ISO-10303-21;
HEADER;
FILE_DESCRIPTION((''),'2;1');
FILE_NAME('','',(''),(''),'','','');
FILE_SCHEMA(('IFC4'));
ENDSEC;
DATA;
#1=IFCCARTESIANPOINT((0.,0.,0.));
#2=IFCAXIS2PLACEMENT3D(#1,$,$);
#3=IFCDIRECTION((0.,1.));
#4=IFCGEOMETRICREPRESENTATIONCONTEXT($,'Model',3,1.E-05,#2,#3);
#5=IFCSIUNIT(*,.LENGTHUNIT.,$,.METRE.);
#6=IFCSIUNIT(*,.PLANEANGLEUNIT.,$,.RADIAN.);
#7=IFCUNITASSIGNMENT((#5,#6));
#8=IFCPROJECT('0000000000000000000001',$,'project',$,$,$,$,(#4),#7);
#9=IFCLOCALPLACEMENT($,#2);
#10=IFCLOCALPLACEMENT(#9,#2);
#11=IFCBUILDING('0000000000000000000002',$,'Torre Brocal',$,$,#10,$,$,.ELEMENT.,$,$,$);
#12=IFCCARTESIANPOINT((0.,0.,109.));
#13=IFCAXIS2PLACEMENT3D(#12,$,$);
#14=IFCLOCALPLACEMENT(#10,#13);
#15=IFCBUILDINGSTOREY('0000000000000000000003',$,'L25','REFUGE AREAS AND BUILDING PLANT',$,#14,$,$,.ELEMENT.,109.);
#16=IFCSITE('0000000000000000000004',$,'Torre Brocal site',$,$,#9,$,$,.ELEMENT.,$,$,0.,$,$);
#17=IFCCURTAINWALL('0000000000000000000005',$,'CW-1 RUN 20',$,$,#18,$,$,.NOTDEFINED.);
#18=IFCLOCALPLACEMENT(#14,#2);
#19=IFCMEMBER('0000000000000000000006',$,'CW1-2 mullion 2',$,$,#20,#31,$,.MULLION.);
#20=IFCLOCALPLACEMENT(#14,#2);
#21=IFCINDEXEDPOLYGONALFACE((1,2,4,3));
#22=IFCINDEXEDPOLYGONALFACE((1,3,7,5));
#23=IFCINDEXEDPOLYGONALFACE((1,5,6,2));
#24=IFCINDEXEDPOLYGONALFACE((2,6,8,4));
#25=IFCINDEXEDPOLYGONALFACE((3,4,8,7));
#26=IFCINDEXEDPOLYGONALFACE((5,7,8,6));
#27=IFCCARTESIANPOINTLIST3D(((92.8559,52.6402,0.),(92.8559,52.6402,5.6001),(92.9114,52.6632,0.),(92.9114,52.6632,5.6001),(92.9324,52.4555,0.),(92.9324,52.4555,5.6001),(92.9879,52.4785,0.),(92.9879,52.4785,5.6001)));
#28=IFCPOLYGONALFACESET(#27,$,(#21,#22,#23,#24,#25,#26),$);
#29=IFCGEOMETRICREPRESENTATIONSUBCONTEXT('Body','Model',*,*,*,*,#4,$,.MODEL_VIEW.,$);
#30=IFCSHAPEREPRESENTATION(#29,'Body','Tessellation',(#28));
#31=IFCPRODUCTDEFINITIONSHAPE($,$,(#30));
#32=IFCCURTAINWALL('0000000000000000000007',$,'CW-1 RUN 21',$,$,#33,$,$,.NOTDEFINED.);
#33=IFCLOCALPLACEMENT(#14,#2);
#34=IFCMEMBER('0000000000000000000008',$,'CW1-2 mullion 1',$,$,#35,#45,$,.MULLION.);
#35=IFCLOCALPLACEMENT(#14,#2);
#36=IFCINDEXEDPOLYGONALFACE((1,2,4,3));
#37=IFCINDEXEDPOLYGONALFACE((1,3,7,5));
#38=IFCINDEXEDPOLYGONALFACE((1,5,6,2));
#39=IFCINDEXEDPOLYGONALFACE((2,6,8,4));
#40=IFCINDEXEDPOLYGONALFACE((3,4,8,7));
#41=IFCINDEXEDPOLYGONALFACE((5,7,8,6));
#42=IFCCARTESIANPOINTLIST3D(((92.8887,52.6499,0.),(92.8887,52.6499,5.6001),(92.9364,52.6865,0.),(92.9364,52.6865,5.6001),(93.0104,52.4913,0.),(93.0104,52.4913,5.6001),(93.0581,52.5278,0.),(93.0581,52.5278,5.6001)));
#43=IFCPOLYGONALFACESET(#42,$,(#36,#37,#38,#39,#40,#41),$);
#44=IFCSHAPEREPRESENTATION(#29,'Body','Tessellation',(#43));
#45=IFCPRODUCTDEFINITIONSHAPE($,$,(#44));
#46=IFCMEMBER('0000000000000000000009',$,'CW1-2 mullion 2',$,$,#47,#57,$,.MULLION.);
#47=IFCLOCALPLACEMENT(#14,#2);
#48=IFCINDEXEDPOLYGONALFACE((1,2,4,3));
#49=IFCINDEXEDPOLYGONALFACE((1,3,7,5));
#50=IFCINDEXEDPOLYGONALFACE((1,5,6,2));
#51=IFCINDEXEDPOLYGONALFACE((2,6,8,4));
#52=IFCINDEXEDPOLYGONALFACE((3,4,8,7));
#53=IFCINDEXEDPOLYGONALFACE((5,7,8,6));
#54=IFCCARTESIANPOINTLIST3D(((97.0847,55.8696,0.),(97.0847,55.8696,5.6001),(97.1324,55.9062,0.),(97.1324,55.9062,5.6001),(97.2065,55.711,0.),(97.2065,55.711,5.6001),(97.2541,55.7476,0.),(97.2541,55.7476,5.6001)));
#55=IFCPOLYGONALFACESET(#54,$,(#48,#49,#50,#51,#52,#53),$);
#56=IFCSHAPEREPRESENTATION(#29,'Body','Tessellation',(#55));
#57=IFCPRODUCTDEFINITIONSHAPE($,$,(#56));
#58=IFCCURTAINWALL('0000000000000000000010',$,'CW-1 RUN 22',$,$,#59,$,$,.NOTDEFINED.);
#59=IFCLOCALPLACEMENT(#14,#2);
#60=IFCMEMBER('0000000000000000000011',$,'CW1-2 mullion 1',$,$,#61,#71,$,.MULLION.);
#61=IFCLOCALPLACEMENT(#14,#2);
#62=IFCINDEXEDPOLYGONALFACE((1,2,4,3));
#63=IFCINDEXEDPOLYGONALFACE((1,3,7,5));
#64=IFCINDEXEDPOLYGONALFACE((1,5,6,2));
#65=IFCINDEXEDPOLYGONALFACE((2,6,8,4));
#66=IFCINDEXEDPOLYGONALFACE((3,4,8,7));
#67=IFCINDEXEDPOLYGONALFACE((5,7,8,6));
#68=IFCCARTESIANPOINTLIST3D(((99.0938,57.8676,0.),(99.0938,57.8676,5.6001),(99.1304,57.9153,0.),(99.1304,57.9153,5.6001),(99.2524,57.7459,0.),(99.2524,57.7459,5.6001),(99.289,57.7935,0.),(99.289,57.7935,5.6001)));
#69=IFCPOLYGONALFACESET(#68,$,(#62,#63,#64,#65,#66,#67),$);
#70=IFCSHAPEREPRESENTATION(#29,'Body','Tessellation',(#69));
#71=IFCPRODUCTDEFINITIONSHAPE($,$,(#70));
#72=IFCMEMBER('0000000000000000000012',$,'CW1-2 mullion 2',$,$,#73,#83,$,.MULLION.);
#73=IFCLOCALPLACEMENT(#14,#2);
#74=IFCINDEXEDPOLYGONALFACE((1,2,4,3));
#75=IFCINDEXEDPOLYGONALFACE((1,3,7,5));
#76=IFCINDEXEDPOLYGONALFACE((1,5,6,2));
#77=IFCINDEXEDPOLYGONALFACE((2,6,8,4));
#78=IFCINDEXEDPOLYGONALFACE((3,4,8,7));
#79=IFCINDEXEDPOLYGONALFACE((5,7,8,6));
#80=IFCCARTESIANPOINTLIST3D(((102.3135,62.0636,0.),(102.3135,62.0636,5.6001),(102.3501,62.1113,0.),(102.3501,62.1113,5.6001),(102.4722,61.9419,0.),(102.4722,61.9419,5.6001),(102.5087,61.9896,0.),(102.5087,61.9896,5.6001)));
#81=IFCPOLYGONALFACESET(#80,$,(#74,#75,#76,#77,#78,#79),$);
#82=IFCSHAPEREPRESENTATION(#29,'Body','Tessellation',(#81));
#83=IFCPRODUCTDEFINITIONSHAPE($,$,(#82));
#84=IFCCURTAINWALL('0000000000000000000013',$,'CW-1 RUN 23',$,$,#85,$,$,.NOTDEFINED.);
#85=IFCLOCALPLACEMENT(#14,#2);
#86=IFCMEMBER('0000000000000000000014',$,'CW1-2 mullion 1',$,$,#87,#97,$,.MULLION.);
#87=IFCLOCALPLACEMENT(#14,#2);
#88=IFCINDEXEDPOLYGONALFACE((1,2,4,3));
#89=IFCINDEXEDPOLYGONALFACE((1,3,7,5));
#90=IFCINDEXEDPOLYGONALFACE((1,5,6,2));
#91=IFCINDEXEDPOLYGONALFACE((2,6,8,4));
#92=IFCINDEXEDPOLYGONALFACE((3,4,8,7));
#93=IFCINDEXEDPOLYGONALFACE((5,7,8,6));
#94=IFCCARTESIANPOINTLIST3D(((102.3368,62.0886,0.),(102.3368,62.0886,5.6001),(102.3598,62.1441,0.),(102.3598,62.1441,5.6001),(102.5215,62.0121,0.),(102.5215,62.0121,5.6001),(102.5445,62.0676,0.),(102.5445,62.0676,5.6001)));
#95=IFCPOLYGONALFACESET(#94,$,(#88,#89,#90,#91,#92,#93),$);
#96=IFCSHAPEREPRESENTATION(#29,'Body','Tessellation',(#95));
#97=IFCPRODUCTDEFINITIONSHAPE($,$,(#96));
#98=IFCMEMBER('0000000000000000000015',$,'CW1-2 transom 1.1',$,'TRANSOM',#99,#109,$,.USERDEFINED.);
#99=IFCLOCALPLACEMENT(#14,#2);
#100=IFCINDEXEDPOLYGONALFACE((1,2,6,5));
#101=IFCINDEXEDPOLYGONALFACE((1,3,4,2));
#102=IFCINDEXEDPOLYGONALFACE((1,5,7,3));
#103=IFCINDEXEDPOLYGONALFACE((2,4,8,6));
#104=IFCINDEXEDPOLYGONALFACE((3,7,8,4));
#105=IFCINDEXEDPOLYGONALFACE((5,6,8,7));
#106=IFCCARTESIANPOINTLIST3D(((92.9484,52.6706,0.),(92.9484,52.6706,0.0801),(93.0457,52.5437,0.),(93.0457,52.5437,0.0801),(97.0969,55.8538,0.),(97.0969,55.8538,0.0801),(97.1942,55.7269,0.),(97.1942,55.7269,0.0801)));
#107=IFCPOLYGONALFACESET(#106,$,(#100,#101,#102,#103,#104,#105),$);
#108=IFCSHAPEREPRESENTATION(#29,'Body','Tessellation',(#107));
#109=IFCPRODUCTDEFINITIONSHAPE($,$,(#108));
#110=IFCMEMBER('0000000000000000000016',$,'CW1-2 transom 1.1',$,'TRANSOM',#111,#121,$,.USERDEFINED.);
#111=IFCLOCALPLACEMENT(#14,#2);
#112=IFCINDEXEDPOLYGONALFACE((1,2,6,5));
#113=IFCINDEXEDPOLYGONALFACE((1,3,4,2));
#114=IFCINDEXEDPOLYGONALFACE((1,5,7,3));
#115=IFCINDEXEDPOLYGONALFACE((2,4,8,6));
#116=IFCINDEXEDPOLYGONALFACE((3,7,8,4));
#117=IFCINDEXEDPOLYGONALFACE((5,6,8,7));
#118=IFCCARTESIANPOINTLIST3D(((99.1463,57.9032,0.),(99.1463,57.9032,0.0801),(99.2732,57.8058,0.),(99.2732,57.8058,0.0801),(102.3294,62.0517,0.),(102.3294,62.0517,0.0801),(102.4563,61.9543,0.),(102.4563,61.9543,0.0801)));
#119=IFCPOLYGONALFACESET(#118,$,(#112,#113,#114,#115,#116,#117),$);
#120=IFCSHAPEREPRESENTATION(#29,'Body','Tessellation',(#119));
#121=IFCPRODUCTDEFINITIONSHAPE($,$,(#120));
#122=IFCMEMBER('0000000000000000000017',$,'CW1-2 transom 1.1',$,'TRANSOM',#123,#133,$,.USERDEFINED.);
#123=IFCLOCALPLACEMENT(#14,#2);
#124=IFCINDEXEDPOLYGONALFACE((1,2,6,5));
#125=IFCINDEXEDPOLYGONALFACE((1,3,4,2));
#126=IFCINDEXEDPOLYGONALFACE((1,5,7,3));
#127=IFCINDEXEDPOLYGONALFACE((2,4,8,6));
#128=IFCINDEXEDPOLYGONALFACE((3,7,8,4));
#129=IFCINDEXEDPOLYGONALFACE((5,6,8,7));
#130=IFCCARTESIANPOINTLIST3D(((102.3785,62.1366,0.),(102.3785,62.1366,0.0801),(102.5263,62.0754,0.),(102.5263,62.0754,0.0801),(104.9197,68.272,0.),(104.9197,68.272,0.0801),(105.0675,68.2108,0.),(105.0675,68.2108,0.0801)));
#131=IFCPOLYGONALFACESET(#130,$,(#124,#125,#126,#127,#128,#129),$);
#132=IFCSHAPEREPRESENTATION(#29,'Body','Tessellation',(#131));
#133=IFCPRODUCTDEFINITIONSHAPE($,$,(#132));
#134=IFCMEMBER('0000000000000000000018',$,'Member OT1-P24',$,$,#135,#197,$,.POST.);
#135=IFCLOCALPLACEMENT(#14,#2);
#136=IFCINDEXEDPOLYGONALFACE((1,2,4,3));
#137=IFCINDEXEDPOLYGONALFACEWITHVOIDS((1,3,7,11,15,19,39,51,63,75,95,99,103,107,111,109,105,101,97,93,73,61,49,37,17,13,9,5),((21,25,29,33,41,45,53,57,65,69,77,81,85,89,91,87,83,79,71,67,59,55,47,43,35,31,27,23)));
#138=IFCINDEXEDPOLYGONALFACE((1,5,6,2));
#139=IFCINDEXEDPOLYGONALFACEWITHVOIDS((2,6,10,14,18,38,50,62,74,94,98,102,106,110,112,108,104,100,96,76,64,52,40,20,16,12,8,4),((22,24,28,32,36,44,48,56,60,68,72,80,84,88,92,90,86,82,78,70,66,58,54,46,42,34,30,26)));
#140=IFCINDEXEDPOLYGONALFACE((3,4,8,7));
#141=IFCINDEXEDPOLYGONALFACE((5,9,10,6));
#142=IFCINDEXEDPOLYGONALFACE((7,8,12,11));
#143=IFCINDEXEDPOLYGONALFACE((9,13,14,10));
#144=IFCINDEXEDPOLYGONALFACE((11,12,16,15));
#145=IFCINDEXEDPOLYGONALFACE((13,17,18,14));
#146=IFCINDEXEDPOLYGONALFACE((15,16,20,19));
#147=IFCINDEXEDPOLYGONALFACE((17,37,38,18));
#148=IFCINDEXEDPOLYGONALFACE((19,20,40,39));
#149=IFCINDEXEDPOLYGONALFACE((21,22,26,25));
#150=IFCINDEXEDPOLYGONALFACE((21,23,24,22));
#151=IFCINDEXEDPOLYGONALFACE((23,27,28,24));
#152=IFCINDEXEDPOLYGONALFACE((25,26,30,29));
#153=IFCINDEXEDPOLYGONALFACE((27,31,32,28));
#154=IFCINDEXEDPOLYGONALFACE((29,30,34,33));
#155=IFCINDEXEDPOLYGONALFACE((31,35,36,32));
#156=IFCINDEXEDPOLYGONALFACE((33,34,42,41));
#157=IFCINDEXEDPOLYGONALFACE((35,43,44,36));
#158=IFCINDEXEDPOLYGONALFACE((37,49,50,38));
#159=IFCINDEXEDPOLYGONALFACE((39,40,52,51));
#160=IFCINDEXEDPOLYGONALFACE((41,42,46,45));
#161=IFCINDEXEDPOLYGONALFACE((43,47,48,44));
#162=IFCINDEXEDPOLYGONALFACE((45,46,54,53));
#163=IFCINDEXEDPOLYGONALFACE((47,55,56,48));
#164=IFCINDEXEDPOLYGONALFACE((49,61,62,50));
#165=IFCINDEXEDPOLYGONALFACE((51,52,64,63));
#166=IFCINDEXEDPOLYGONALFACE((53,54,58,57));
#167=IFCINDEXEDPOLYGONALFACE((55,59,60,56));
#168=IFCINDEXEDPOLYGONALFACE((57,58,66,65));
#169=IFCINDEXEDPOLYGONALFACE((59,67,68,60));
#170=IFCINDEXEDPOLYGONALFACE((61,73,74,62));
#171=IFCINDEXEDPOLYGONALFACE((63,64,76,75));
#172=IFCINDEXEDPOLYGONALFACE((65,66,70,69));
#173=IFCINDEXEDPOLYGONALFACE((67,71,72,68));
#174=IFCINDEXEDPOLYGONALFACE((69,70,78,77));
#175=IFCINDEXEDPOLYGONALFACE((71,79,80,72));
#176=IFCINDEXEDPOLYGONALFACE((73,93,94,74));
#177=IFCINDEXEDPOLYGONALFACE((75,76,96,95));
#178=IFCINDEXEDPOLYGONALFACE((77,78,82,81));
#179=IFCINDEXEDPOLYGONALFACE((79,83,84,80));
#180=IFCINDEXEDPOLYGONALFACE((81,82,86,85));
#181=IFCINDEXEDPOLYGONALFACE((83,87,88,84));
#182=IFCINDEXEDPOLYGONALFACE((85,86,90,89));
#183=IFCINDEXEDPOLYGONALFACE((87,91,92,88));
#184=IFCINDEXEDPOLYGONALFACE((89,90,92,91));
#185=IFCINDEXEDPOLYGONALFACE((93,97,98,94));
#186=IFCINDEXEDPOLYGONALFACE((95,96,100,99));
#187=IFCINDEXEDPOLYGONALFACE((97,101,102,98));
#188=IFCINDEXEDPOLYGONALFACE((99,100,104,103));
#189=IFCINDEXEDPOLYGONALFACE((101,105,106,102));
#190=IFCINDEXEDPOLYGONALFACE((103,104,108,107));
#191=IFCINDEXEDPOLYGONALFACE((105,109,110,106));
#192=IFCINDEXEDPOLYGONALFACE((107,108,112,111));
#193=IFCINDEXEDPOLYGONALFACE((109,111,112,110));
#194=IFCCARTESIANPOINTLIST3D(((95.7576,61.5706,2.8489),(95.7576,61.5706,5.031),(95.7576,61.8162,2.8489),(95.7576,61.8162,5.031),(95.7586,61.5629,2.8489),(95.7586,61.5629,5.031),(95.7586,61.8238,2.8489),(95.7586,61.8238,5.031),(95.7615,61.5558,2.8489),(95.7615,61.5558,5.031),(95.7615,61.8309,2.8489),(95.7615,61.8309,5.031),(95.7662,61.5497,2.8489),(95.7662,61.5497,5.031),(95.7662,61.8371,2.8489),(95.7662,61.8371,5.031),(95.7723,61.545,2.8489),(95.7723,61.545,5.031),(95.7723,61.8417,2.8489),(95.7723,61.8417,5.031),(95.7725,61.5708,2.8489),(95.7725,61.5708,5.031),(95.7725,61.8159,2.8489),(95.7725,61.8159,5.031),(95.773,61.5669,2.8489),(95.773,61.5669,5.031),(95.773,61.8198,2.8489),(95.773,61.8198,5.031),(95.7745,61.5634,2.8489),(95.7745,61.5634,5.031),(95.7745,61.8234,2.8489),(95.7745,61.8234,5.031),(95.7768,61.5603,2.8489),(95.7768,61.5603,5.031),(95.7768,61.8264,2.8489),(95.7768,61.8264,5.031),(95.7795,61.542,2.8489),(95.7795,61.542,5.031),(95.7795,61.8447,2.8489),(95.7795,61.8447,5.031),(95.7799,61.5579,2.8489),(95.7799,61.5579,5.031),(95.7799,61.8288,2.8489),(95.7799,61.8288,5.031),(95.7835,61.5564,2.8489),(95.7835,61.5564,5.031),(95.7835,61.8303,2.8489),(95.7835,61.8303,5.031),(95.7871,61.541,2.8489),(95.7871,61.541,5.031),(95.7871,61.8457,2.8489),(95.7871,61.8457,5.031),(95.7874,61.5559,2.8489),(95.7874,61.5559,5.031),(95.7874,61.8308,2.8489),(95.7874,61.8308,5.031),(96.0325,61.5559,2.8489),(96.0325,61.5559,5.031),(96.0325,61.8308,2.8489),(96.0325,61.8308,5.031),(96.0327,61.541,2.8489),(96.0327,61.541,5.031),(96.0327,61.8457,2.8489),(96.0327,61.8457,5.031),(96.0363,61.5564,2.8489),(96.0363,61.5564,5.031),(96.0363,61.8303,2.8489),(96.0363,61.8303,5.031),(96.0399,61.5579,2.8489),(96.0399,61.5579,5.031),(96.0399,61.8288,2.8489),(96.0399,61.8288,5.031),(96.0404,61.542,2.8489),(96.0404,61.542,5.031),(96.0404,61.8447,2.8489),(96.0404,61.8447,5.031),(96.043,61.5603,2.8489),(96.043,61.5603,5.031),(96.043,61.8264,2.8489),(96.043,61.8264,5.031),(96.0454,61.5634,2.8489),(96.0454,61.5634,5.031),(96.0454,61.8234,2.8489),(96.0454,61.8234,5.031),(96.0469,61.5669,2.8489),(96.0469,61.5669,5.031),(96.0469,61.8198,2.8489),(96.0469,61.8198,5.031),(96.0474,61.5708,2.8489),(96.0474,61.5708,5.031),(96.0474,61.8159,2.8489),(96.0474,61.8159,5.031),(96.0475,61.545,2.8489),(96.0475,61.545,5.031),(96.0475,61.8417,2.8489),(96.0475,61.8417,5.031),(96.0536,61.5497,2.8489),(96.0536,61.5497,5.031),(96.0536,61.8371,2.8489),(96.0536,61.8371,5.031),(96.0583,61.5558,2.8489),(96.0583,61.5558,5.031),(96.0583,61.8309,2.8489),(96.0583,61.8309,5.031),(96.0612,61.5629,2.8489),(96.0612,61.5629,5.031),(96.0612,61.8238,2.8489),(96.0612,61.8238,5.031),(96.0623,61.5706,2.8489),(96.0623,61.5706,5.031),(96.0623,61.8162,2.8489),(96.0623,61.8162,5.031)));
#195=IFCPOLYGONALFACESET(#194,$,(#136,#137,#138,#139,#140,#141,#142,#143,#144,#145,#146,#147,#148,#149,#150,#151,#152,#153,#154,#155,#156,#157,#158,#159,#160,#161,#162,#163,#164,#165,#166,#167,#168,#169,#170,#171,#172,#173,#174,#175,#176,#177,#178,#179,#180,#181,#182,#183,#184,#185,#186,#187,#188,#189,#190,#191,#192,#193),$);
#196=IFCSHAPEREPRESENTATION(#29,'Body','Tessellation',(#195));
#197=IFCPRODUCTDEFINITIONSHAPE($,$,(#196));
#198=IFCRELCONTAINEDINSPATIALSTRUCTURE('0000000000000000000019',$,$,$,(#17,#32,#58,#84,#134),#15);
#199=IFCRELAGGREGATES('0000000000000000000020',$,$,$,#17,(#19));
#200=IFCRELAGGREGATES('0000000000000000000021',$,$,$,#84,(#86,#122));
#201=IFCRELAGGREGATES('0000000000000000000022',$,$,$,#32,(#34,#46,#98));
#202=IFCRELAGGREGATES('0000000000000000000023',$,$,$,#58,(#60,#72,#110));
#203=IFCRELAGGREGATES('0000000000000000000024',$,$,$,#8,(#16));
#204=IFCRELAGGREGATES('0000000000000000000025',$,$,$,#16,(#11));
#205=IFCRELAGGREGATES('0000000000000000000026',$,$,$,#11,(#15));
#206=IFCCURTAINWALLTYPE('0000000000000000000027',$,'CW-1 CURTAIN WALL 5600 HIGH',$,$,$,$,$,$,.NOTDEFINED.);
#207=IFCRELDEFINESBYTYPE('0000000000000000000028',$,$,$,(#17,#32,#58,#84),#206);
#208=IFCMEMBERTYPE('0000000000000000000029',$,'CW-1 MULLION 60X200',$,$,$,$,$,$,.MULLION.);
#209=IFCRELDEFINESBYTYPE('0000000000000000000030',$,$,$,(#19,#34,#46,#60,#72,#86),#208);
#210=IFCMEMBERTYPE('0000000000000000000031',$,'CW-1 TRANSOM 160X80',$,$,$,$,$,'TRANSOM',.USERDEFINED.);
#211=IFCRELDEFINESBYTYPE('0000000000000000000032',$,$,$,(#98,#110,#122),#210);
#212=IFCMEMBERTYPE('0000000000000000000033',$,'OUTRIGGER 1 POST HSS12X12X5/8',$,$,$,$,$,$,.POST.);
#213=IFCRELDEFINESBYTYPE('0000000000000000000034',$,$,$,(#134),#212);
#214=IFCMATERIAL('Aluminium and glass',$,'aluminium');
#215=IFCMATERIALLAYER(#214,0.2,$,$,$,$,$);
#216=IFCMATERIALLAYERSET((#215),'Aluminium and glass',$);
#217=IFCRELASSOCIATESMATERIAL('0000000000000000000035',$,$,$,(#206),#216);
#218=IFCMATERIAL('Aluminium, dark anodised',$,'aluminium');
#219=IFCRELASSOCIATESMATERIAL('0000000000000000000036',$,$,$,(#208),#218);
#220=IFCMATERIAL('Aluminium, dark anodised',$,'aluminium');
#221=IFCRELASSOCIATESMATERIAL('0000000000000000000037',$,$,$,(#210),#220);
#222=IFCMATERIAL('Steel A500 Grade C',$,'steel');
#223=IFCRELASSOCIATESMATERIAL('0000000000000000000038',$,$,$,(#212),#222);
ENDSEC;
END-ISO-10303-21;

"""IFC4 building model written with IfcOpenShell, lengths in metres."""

from ifc_helpers import new_model, si_unit, direction, frame, origin, origin_2d, place, context, subcontext, project, spatial, rectangle, hollow_rectangle, extrude, material, layer, layer_set, material_profile, profile_set, type_object, element, aggregate, save


model = new_model("IFC4")

# Units and contexts
model_context = context("Model", 3, precision=1e-05, world=origin(), true_north=direction((0.0, 1.0)))
body_context = subcontext(model_context, "Body", "Model", "MODEL_VIEW")
ifc_project = project(units=[si_unit("LENGTHUNIT", "METRE"), si_unit("PLANEANGLEUNIT", "RADIAN")], contexts=[model_context])

# Site, building, storey
site_placement = place(None, origin())
site = spatial("IfcSite", under=ifc_project, at=site_placement, Name="Torre Brocal site", CompositionType="ELEMENT", RefElevation=0.0)
building_placement = place(site_placement, origin())
building = spatial("IfcBuilding", under=site, at=building_placement, Name="Torre Brocal", CompositionType="ELEMENT")
storey_placement = place(building_placement, frame((0.0, 0.0, 109.0)))
storey = spatial("IfcBuildingStorey", under=building, at=storey_placement, Name="L25", Description="REFUGE AREAS AND BUILDING PLANT", CompositionType="ELEMENT", Elevation=109.0)

# Curtain wall, member
ifc_material_1 = material(Name="Aluminium and glass", Category="aluminium")
ifc_layer_1 = layer(ifc_material_1, 0.2)
ifc_layer_set_1 = layer_set([ifc_layer_1], Name="Aluminium and glass")
curtain_wall_type = type_object("IfcCurtainWallType", Name="CW-1 CURTAIN WALL 5600 HIGH", PredefinedType="NOTDEFINED", material=ifc_layer_set_1)
curtain_wall_1_placement = place(storey_placement, origin())
curtain_wall_1 = element("IfcCurtainWall", 1, at=curtain_wall_1_placement, inside=storey, type_object=curtain_wall_type, Name="CW-1 RUN 20", PredefinedType="NOTDEFINED")
ifc_material_2 = material(Name="Aluminium, dark anodised", Category="aluminium")
ifc_material_profile_1 = material_profile(ifc_material_2, rectangle(XDim=0.2, YDim=0.0601, at=origin_2d()), Name="CW-1 MULLION 60X200")
ifc_profile_set_1 = profile_set([ifc_material_profile_1], Name="Aluminium, dark anodised")
member_type_1 = type_object("IfcMemberType", Name="CW-1 MULLION 60X200", PredefinedType="MULLION", material=ifc_profile_set_1)
member_1_placement = place(storey_placement, frame((92.9219, 52.5593, 0.0), z_axis=(0.0, 0.0, 1.0), x_axis=(-0.382683, 0.92388, 0.0)))
member_1 = element("IfcMember", 2, at=member_1_placement, type_object=member_type_1, Name="CW1-2 mullion 2", PredefinedType="MULLION", context=body_context, shape_type="SweptSolid", body=[
    extrude(rectangle(XDim=0.2, YDim=0.0601, at=origin_2d()), origin(), (0.0, 0.0, 1.0), 5.6001),
])
aggregate(curtain_wall_1, [member_1])

# Curtain walls, members
curtain_wall_2_placement = place(storey_placement, origin())
curtain_wall_2 = element("IfcCurtainWall", 3, at=curtain_wall_2_placement, inside=storey, type_object=curtain_wall_type, Name="CW-1 RUN 21", PredefinedType="NOTDEFINED")
member_2_placement = place(storey_placement, frame((92.9734, 52.5889, 0.0), z_axis=(0.0, 0.0, 1.0), x_axis=(-0.608761, 0.793353, 0.0)))
member_2 = element("IfcMember", 4, at=member_2_placement, type_object=member_type_1, Name="CW1-2 mullion 1", PredefinedType="MULLION", context=body_context, shape_type="SweptSolid", body=[
    extrude(rectangle(XDim=0.2, YDim=0.0601, at=origin_2d()), origin(), (0.0, 0.0, 1.0), 5.6001),
])
member_3_placement = place(storey_placement, frame((97.1694, 55.8086, 0.0), z_axis=(0.0, 0.0, 1.0), x_axis=(-0.608761, 0.793353, 0.0)))
member_3 = element("IfcMember", 5, at=member_3_placement, type_object=member_type_1, Name="CW1-2 mullion 2", PredefinedType="MULLION", context=body_context, shape_type="SweptSolid", body=[
    extrude(rectangle(XDim=0.2, YDim=0.0601, at=origin_2d()), origin(), (0.0, 0.0, 1.0), 5.6001),
])
curtain_wall_3_placement = place(storey_placement, origin())
curtain_wall_3 = element("IfcCurtainWall", 6, at=curtain_wall_3_placement, inside=storey, type_object=curtain_wall_type, Name="CW-1 RUN 22", PredefinedType="NOTDEFINED")
member_4_placement = place(storey_placement, frame((99.1914, 57.8306, 0.0), z_axis=(0.0, 0.0, 1.0), x_axis=(-0.793353, 0.608761, 0.0)))
member_4 = element("IfcMember", 7, at=member_4_placement, type_object=member_type_1, Name="CW1-2 mullion 1", PredefinedType="MULLION", context=body_context, shape_type="SweptSolid", body=[
    extrude(rectangle(XDim=0.2, YDim=0.0601, at=origin_2d()), origin(), (0.0, 0.0, 1.0), 5.6001),
])
member_5_placement = place(storey_placement, frame((102.4111, 62.0266, 0.0), z_axis=(0.0, 0.0, 1.0), x_axis=(-0.793353, 0.608761, 0.0)))
member_5 = element("IfcMember", 8, at=member_5_placement, type_object=member_type_1, Name="CW1-2 mullion 2", PredefinedType="MULLION", context=body_context, shape_type="SweptSolid", body=[
    extrude(rectangle(XDim=0.2, YDim=0.0601, at=origin_2d()), origin(), (0.0, 0.0, 1.0), 5.6001),
])

# Curtain wall, member
curtain_wall_4_placement = place(storey_placement, origin())
curtain_wall_4 = element("IfcCurtainWall", 9, at=curtain_wall_4_placement, inside=storey, type_object=curtain_wall_type, Name="CW-1 RUN 23", PredefinedType="NOTDEFINED")
member_6_placement = place(storey_placement, frame((102.4407, 62.0781, 0.0), z_axis=(0.0, 0.0, 1.0), x_axis=(-0.92388, 0.382683, 0.0)))
member_6 = element("IfcMember", 10, at=member_6_placement, type_object=member_type_1, Name="CW1-2 mullion 1", PredefinedType="MULLION", context=body_context, shape_type="SweptSolid", body=[
    extrude(rectangle(XDim=0.2, YDim=0.0601, at=origin_2d()), origin(), (0.0, 0.0, 1.0), 5.6001),
])

# Members
ifc_material_3 = material(Name="Aluminium, dark anodised", Category="aluminium")
ifc_material_profile_2 = material_profile(ifc_material_3, rectangle(XDim=0.1599, YDim=0.0801, at=origin_2d()), Name="CW-1 TRANSOM 160X80")
ifc_profile_set_2 = profile_set([ifc_material_profile_2], Name="Aluminium, dark anodised")
member_type_2 = type_object("IfcMemberType", Name="CW-1 TRANSOM 160X80", ElementType="TRANSOM", PredefinedType="USERDEFINED", material=ifc_profile_set_2)
member_7_placement = place(storey_placement, frame((92.9971, 52.6072, 0.04), z_axis=(0.793363, 0.608749, 0.0), x_axis=(-0.608749, 0.793363, 0.0)))
member_7 = element("IfcMember", 11, at=member_7_placement, type_object=member_type_2, Name="CW1-2 transom 1.1", ObjectType="TRANSOM", PredefinedType="USERDEFINED", context=body_context, shape_type="SweptSolid", body=[
    extrude(rectangle(XDim=0.1599, YDim=0.0801, at=origin_2d()), origin(), (0.0, 0.0, 1.0), 5.229),
])
member_8_placement = place(storey_placement, frame((99.2097, 57.8545, 0.04), z_axis=(0.608749, 0.793363, 0.0), x_axis=(-0.793363, 0.608749, 0.0)))
member_8 = element("IfcMember", 12, at=member_8_placement, type_object=member_type_2, Name="CW1-2 transom 1.1", ObjectType="TRANSOM", PredefinedType="USERDEFINED", context=body_context, shape_type="SweptSolid", body=[
    extrude(rectangle(XDim=0.1599, YDim=0.0801, at=origin_2d()), origin(), (0.0, 0.0, 1.0), 5.229),
])
member_9_placement = place(storey_placement, frame((102.4524, 62.106, 0.04), z_axis=(0.382665, 0.923887, 0.0), x_axis=(-0.923887, 0.382665, 0.0)))
member_9 = element("IfcMember", 13, at=member_9_placement, type_object=member_type_2, Name="CW1-2 transom 1.1", ObjectType="TRANSOM", PredefinedType="USERDEFINED", context=body_context, shape_type="SweptSolid", body=[
    extrude(rectangle(XDim=0.1599, YDim=0.0801, at=origin_2d()), origin(), (0.0, 0.0, 1.0), 6.6409),
])
aggregate(curtain_wall_4, [member_6, member_9])
ifc_material_4 = material(Name="Steel A500 Grade C", Category="steel")
ifc_material_profile_3 = material_profile(ifc_material_4, hollow_rectangle(XDim=0.3047, YDim=0.3047, WallThickness=0.0149, InnerFilletRadius=0.0149, OuterFilletRadius=0.0295, at=origin_2d()), Name="HSS12X12X5/8")
ifc_profile_set_3 = profile_set([ifc_material_profile_3], Name="Steel A500 Grade C")
member_type_3 = type_object("IfcMemberType", Name="OUTRIGGER 1 POST HSS12X12X5/8", PredefinedType="POST", material=ifc_profile_set_3)
member_10_placement = place(storey_placement, frame((95.9099, 61.6934, 2.8489), z_axis=(0.0, 0.0, 1.0), x_axis=(1.0, 0.0, 0.0)))
element("IfcMember", 14, at=member_10_placement, inside=storey, type_object=member_type_3, Name="Member OT1-P24", PredefinedType="POST", context=body_context, shape_type="SweptSolid", body=[
    extrude(hollow_rectangle(XDim=0.3047, YDim=0.3047, WallThickness=0.0149, InnerFilletRadius=0.0149, OuterFilletRadius=0.0295, at=origin_2d()), origin(), (0.0, 0.0, 1.0), 2.1821),
])

aggregate(curtain_wall_2, [member_2, member_3, member_7])
aggregate(curtain_wall_3, [member_4, member_5, member_8])

save(model, "model.ifc")
